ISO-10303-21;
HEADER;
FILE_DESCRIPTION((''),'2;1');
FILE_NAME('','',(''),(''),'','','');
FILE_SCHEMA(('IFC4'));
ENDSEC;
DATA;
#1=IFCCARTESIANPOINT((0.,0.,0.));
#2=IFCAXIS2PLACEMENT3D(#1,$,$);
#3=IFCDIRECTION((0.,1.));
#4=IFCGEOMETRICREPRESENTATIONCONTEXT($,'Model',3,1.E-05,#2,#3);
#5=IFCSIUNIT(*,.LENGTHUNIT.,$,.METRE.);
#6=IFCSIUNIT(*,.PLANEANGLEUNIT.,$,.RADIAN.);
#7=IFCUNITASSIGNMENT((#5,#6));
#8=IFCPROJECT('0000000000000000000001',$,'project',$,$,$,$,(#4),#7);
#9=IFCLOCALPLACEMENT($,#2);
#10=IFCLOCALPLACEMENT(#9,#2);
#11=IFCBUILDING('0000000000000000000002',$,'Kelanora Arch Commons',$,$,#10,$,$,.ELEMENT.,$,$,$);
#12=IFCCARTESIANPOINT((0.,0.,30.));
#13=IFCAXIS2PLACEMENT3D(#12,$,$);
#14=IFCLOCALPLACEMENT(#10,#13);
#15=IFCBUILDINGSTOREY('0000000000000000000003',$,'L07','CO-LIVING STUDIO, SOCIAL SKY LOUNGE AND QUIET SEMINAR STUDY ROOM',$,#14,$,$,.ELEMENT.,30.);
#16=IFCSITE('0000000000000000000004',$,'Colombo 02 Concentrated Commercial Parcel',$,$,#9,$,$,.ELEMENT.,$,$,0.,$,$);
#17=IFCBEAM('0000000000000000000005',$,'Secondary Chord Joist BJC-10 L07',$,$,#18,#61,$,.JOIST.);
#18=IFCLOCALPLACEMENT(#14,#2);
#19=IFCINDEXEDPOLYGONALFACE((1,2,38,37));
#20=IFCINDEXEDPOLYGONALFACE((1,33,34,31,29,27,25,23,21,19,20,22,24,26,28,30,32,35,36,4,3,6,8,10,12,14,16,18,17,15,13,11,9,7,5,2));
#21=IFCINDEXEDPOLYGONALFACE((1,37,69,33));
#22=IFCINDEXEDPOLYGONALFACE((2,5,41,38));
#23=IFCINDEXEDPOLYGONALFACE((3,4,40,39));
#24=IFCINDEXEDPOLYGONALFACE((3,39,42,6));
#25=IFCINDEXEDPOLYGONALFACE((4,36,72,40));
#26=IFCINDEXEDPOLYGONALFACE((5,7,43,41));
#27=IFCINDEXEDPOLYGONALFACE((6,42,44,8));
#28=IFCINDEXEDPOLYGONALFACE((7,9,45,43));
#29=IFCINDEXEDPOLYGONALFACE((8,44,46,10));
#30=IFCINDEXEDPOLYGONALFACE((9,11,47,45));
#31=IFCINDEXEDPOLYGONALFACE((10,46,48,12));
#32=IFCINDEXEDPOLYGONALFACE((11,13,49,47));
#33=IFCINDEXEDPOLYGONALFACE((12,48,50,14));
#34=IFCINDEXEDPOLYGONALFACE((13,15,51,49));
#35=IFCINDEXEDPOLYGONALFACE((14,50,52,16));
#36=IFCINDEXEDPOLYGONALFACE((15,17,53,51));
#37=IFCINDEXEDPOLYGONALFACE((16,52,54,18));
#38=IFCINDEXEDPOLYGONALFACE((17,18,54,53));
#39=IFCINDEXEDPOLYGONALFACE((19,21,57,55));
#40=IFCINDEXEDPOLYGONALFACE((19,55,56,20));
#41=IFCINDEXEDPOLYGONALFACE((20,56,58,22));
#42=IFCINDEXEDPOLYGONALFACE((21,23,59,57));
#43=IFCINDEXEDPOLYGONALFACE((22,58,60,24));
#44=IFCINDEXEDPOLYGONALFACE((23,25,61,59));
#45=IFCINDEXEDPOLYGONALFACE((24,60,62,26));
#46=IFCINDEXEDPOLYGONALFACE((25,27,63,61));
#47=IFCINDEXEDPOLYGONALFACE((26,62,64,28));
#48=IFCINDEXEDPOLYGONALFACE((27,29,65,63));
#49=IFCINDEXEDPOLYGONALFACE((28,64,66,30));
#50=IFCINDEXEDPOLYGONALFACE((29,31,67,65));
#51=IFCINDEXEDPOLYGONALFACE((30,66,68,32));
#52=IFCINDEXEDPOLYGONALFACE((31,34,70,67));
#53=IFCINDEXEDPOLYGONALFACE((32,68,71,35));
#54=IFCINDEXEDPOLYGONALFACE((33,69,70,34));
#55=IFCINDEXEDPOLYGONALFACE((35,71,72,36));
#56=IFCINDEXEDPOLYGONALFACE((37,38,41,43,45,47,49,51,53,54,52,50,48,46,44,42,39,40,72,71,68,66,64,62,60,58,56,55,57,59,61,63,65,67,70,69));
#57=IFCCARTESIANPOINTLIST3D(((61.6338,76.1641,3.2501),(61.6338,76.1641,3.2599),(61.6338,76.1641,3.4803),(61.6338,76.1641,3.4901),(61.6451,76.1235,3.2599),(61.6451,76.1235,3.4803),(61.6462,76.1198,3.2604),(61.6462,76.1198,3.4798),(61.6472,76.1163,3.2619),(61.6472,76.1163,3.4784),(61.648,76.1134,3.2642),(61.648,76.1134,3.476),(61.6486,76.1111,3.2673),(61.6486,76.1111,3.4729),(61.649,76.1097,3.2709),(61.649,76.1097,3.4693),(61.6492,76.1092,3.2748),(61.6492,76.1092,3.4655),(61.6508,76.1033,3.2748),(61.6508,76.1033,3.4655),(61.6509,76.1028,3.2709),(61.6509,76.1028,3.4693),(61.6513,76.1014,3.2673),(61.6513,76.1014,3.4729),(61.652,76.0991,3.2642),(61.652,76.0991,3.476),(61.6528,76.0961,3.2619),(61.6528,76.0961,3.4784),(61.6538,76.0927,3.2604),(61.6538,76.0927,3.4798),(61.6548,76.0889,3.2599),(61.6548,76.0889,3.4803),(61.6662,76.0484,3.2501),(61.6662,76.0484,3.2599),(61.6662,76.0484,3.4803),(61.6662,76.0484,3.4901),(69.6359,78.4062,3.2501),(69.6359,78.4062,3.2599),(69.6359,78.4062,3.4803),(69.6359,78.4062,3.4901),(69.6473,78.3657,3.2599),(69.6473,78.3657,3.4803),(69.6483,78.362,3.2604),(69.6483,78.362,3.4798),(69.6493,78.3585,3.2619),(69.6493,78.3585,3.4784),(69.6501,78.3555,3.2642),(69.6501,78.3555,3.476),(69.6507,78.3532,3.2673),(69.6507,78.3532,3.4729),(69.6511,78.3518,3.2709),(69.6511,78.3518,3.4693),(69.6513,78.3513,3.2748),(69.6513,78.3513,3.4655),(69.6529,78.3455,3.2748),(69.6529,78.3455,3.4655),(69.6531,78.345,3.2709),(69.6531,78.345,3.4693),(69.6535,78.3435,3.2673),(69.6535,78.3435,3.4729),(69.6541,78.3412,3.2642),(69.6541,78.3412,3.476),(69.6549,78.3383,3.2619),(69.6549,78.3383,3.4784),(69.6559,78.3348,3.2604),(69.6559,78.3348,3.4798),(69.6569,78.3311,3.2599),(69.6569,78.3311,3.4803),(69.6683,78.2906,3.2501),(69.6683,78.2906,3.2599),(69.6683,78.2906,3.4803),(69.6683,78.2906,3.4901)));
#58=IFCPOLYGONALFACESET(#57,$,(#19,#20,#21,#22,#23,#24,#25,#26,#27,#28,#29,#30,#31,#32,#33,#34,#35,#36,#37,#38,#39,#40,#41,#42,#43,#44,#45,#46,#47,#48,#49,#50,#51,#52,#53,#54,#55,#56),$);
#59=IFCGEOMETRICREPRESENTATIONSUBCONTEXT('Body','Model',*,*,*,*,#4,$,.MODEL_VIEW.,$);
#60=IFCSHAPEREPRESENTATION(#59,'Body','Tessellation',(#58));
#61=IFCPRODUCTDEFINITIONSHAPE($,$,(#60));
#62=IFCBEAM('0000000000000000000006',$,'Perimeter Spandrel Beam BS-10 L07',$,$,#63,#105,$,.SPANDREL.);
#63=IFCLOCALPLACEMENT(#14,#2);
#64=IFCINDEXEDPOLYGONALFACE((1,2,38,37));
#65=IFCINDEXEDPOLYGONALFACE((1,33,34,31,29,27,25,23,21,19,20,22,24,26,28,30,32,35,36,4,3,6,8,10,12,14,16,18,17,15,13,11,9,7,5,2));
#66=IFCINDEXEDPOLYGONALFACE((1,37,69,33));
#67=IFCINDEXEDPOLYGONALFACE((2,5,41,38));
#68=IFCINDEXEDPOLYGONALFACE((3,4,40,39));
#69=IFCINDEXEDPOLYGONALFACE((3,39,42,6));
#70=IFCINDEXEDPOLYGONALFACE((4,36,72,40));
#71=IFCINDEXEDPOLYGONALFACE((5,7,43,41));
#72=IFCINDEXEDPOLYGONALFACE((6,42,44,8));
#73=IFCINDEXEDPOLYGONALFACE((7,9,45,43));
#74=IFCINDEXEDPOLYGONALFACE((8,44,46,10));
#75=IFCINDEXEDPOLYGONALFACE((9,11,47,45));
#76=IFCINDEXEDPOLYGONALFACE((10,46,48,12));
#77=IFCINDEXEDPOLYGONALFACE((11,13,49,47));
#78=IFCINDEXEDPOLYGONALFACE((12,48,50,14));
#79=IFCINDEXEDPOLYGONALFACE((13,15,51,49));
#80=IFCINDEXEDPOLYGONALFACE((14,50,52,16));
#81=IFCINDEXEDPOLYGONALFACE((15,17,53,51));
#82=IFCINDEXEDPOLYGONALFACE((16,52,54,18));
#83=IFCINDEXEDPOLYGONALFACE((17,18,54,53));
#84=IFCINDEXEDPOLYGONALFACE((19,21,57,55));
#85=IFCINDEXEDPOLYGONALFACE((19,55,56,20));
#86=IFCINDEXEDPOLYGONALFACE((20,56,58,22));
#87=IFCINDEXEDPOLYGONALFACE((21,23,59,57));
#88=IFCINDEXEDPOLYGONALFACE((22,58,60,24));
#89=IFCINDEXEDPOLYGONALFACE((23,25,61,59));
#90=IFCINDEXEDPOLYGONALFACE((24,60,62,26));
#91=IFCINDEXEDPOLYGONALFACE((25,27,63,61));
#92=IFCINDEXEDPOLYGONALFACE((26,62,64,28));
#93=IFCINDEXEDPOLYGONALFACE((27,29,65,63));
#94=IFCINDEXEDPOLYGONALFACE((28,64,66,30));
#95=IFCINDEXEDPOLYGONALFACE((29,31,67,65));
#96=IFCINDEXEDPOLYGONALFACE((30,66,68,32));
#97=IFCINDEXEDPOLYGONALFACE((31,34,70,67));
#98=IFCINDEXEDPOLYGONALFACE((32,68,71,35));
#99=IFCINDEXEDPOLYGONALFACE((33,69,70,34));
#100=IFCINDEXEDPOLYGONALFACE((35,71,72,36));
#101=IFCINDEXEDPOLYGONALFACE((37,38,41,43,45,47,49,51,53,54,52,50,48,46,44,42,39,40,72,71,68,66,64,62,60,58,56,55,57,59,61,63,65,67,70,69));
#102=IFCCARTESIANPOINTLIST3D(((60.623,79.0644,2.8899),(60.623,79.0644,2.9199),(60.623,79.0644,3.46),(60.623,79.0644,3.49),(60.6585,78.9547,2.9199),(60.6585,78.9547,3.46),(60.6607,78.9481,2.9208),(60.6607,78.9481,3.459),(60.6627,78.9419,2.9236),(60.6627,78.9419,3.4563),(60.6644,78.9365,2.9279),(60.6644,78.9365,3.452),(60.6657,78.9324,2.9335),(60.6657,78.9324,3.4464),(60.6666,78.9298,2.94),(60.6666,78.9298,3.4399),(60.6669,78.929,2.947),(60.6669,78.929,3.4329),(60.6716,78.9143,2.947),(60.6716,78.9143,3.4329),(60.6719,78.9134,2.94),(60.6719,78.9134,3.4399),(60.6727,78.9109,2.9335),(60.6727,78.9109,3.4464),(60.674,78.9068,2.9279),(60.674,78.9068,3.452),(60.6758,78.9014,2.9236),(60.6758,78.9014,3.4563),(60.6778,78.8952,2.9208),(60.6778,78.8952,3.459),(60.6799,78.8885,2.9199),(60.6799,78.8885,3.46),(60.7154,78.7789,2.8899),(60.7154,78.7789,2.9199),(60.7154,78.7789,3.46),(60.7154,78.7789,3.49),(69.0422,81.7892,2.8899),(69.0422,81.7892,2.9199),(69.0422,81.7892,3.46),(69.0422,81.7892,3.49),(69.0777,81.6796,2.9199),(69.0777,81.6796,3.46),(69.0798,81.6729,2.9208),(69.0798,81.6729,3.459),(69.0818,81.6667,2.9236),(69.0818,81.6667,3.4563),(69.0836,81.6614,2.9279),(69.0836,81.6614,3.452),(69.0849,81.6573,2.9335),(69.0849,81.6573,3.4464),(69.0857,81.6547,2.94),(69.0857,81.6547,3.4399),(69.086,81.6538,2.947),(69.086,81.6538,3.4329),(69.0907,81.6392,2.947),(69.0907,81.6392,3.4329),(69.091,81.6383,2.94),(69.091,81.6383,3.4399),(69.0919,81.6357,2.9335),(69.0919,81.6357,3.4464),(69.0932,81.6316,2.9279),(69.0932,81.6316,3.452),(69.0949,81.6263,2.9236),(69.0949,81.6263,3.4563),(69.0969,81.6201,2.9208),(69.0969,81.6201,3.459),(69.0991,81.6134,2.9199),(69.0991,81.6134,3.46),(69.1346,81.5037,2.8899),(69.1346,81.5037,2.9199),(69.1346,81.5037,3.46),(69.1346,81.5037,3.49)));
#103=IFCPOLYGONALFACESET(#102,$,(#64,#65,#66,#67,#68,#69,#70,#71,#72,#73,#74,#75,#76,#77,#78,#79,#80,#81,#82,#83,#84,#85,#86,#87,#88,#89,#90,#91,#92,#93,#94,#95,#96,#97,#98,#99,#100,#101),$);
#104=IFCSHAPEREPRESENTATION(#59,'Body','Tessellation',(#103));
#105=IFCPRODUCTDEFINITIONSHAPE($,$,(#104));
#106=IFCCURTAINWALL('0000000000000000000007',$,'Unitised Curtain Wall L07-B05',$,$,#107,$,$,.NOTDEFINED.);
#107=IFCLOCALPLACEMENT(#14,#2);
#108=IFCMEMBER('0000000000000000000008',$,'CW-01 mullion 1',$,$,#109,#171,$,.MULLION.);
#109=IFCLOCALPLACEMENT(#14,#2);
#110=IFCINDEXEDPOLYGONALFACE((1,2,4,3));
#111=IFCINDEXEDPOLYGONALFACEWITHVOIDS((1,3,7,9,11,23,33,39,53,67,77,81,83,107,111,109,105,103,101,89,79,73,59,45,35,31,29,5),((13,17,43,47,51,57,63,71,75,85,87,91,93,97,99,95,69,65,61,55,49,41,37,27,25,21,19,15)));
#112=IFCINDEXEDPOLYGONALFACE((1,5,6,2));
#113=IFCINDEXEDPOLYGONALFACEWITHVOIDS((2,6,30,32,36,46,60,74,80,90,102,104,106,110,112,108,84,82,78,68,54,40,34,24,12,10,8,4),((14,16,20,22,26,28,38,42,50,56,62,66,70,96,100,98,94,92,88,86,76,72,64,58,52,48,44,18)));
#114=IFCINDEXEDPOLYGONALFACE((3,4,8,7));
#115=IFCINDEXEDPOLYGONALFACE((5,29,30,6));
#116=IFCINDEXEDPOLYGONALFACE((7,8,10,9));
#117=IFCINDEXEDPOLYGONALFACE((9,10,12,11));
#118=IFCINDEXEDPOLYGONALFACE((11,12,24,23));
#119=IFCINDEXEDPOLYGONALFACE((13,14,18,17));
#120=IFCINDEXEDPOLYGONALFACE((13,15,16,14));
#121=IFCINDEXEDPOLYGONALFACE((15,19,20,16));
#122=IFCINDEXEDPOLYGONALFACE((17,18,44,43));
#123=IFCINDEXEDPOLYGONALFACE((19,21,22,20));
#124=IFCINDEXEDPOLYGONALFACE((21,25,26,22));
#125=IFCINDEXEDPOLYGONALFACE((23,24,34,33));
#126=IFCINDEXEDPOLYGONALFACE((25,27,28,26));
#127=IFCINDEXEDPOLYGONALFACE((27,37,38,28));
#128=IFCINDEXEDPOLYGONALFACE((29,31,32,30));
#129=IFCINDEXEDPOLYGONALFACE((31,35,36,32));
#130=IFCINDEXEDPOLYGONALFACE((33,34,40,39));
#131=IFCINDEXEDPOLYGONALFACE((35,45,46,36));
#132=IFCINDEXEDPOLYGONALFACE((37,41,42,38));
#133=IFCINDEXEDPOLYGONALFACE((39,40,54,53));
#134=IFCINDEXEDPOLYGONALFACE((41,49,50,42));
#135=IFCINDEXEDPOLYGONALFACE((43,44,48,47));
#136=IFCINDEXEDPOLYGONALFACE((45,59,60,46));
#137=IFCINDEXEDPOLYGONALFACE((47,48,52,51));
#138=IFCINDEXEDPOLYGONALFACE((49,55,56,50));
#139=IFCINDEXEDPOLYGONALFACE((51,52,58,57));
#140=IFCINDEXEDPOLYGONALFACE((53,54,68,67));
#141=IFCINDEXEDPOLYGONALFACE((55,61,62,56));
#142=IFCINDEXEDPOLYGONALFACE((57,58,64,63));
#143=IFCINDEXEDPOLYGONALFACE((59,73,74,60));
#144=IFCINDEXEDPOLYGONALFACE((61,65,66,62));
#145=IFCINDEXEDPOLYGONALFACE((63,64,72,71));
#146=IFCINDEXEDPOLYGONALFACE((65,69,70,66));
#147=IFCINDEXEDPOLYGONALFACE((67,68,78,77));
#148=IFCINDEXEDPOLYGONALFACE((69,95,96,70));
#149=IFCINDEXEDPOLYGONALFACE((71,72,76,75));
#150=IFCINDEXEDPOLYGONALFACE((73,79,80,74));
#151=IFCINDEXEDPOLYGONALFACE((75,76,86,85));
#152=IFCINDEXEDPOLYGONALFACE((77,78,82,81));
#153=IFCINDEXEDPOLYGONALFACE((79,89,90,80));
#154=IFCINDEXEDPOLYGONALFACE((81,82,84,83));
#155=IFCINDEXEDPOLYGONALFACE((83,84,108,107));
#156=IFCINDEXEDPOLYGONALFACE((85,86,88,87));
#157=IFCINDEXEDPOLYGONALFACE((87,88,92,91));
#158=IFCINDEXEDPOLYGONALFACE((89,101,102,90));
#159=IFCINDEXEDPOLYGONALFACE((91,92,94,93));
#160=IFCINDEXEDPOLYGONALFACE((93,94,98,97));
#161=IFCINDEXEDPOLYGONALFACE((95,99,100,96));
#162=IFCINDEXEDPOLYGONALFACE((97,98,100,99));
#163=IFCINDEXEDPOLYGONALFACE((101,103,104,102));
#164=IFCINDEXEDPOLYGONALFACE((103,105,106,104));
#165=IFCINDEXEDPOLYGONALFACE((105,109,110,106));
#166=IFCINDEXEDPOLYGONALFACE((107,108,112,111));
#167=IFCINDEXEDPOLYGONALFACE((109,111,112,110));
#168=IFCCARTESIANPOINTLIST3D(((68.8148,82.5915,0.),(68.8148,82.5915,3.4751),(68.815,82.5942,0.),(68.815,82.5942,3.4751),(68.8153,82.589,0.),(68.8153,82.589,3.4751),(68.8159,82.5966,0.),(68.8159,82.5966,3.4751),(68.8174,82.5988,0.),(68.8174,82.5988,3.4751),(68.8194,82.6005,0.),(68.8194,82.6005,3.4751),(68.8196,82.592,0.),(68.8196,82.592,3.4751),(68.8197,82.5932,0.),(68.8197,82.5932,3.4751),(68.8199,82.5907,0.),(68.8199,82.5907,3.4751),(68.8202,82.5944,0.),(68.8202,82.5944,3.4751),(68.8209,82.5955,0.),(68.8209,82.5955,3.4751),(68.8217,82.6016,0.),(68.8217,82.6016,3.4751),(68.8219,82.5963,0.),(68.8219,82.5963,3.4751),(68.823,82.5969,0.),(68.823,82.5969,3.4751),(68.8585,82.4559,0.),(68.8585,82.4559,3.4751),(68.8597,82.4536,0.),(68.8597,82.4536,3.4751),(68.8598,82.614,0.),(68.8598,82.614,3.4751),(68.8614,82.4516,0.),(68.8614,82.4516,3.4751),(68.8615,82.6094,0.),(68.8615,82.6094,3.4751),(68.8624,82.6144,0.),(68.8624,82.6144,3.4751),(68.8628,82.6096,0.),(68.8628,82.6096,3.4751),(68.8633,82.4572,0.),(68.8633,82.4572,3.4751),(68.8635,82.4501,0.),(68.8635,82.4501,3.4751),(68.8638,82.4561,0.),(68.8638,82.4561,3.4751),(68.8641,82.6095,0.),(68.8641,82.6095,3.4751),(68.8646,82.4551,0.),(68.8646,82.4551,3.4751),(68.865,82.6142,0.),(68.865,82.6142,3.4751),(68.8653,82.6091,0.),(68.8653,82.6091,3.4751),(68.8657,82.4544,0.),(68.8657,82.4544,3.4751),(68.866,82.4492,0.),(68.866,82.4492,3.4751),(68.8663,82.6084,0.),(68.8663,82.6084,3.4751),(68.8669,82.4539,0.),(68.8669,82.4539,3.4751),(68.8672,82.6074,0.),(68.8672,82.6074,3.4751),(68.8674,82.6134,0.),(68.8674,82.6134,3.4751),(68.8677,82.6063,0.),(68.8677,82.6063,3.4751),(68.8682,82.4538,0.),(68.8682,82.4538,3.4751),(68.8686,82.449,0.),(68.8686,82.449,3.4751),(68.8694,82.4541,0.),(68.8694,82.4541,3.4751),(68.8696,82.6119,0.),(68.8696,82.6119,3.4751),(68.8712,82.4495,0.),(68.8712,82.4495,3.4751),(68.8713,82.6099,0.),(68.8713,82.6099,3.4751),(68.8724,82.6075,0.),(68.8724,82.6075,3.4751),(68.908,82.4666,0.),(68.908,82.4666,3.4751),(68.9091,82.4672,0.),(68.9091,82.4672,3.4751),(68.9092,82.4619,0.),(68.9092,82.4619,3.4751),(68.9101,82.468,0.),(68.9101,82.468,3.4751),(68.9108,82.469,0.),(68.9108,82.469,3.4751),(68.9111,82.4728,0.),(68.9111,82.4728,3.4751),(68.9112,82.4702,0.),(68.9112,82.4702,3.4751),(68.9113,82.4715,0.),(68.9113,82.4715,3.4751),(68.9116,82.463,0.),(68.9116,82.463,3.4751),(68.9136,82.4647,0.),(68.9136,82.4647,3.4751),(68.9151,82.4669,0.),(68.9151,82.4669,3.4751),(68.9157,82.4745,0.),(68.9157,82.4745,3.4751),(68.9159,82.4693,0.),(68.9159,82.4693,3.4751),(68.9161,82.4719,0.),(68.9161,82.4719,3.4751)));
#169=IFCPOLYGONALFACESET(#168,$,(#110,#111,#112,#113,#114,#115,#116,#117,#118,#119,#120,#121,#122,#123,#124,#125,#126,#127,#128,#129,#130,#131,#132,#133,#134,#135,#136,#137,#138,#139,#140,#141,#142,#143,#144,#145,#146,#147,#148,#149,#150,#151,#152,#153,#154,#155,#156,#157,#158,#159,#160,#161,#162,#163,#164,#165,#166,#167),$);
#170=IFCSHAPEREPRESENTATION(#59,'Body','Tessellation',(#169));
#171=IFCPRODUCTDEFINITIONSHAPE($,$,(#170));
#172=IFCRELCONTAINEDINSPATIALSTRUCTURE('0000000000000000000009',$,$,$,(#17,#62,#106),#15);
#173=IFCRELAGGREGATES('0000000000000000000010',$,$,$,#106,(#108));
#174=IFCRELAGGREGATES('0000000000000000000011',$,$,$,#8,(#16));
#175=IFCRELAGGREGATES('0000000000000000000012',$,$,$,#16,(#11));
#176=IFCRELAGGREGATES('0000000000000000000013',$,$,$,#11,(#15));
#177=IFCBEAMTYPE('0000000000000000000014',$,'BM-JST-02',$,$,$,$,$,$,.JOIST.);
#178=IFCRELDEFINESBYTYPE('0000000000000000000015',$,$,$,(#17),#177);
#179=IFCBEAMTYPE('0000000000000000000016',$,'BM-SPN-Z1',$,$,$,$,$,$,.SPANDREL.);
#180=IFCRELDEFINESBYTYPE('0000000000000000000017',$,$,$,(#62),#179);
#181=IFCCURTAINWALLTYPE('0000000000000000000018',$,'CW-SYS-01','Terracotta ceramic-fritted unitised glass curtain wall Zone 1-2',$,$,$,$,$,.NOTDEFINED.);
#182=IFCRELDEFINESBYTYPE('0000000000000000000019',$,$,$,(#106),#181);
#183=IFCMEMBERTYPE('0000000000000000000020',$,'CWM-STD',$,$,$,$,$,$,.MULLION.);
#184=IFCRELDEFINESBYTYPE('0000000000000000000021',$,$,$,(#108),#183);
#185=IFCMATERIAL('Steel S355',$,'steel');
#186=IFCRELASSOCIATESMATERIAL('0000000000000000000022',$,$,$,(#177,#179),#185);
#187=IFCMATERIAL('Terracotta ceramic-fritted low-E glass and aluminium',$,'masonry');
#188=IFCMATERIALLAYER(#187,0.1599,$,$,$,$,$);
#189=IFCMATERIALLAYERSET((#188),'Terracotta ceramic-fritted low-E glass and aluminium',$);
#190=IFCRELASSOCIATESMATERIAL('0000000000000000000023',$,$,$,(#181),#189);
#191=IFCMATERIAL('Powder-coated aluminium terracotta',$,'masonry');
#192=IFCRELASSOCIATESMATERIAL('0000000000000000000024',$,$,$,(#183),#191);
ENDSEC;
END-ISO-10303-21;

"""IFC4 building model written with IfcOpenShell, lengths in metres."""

from ifc_helpers import new_model, si_unit, direction, frame, origin, origin_2d, place, context, subcontext, project, spatial, hollow_rectangle, i_section, extrude, material, layer, layer_set, material_profile, profile_set, type_object, element, aggregate, save


model = new_model("IFC4")

# Units and contexts
model_context = context("Model", 3, precision=1e-05, world=origin(), true_north=direction((0.0, 1.0)))
body_context = subcontext(model_context, "Body", "Model", "MODEL_VIEW")
ifc_project = project(units=[si_unit("LENGTHUNIT", "METRE"), si_unit("PLANEANGLEUNIT", "RADIAN")], contexts=[model_context])

# Site, building, storey
site_placement = place(None, origin())
site = spatial("IfcSite", under=ifc_project, at=site_placement, Name="Colombo 02 Concentrated Commercial Parcel", CompositionType="ELEMENT", RefElevation=0.0)
building_placement = place(site_placement, origin())
building = spatial("IfcBuilding", under=site, at=building_placement, Name="Kelanora Arch Commons", CompositionType="ELEMENT")
storey_placement = place(building_placement, frame((0.0, 0.0, 30.0)))
storey = spatial("IfcBuildingStorey", under=building, at=storey_placement, Name="L07", Description="CO-LIVING STUDIO, SOCIAL SKY LOUNGE AND QUIET SEMINAR STUDY ROOM", CompositionType="ELEMENT", Elevation=30.0)

# Beams
ifc_material_1 = material(Name="Steel S355", Category="steel")
ifc_material_profile_1 = material_profile(ifc_material_1, i_section(OverallWidth=0.1201, OverallDepth=0.24, WebThickness=0.0061, FlangeThickness=0.0098, FilletRadius=0.0149, at=origin_2d()), Name="IPE240")
ifc_profile_set_1 = profile_set([ifc_material_profile_1], Name="Steel S355")
beam_type_1 = type_object("IfcBeamType", Name="BM-JST-02", PredefinedType="JOIST", material=ifc_profile_set_1)
beam_1_placement = place(storey_placement, frame((69.6521, 78.3484, 3.3701), z_axis=(-0.962915, -0.269805, 0.0), x_axis=(0.269805, -0.962915, 0.0)))
element("IfcBeam", 1, at=beam_1_placement, inside=storey, type_object=beam_type_1, Name="Secondary Chord Joist BJC-10 L07", PredefinedType="JOIST", context=body_context, shape_type="SweptSolid", body=[
    extrude(i_section(OverallWidth=0.1201, OverallDepth=0.24, WebThickness=0.0061, FlangeThickness=0.0098, FilletRadius=0.0149, at=origin_2d()), origin(), (0.0, 0.0, 1.0), 8.3103),
])
ifc_material_profile_2 = material_profile(ifc_material_1, i_section(OverallWidth=0.3, OverallDepth=0.6001, WebThickness=0.0154, FlangeThickness=0.03, FilletRadius=0.0271, at=origin_2d()), Name="HEB600")
ifc_profile_set_2 = profile_set([ifc_material_profile_2], Name="Steel S355")
beam_type_2 = type_object("IfcBeamType", Name="BM-SPN-Z1", PredefinedType="SPANDREL", material=ifc_profile_set_2)
beam_2_placement = place(storey_placement, frame((69.0884, 81.6465, 3.1899), z_axis=(-0.951411, -0.307922, 0.0), x_axis=(0.307922, -0.951411, 0.0)))
element("IfcBeam", 2, at=beam_2_placement, inside=storey, type_object=beam_type_2, Name="Perimeter Spandrel Beam BS-10 L07", PredefinedType="SPANDREL", context=body_context, shape_type="SweptSolid", body=[
    extrude(i_section(OverallWidth=0.3, OverallDepth=0.6001, WebThickness=0.0154, FlangeThickness=0.03, FilletRadius=0.0271, at=origin_2d()), origin(), (0.0, 0.0, 1.0), 8.8491),
])

# Curtain wall, member
ifc_material_2 = material(Name="Terracotta ceramic-fritted low-E glass and aluminium", Category="masonry")
ifc_layer_1 = layer(ifc_material_2, 0.1599)
ifc_layer_set_1 = layer_set([ifc_layer_1], Name="Terracotta ceramic-fritted low-E glass and aluminium")
curtain_wall_type = type_object("IfcCurtainWallType", Name="CW-SYS-01", Description="Terracotta ceramic-fritted unitised glass curtain wall Zone 1-2", PredefinedType="NOTDEFINED", material=ifc_layer_set_1)
curtain_wall_placement = place(storey_placement, origin())
curtain_wall = element("IfcCurtainWall", 3, at=curtain_wall_placement, inside=storey, type_object=curtain_wall_type, Name="Unitised Curtain Wall L07-B05", PredefinedType="NOTDEFINED")
ifc_material_3 = material(Name="Powder-coated aluminium terracotta", Category="masonry")
ifc_material_profile_3 = material_profile(ifc_material_3, hollow_rectangle(XDim=0.1599, YDim=0.0601, WallThickness=0.0049, InnerFilletRadius=0.0049, OuterFilletRadius=0.01, at=origin_2d()), Name="CWM160x60")
ifc_profile_set_3 = profile_set([ifc_material_profile_3], Name="Powder-coated aluminium terracotta")
member_type_1 = type_object("IfcMemberType", Name="CWM-STD", PredefinedType="MULLION", material=ifc_profile_set_3)
member_1_placement = place(storey_placement, frame((68.8655, 82.5317, 0.0), z_axis=(0.0, 0.0, 1.0), x_axis=(0.309058, -0.951043, 0.0)))
member_1 = element("IfcMember", 4, at=member_1_placement, type_object=member_type_1, Name="CW-01 mullion 1", PredefinedType="MULLION", context=body_context, shape_type="SweptSolid", body=[
    extrude(hollow_rectangle(XDim=0.1599, YDim=0.0601, WallThickness=0.0049, InnerFilletRadius=0.0049, OuterFilletRadius=0.01, at=origin_2d()), origin(), (0.0, 0.0, 1.0), 3.4751),
])
aggregate(curtain_wall, [member_1])

save(model, "model.ifc")
